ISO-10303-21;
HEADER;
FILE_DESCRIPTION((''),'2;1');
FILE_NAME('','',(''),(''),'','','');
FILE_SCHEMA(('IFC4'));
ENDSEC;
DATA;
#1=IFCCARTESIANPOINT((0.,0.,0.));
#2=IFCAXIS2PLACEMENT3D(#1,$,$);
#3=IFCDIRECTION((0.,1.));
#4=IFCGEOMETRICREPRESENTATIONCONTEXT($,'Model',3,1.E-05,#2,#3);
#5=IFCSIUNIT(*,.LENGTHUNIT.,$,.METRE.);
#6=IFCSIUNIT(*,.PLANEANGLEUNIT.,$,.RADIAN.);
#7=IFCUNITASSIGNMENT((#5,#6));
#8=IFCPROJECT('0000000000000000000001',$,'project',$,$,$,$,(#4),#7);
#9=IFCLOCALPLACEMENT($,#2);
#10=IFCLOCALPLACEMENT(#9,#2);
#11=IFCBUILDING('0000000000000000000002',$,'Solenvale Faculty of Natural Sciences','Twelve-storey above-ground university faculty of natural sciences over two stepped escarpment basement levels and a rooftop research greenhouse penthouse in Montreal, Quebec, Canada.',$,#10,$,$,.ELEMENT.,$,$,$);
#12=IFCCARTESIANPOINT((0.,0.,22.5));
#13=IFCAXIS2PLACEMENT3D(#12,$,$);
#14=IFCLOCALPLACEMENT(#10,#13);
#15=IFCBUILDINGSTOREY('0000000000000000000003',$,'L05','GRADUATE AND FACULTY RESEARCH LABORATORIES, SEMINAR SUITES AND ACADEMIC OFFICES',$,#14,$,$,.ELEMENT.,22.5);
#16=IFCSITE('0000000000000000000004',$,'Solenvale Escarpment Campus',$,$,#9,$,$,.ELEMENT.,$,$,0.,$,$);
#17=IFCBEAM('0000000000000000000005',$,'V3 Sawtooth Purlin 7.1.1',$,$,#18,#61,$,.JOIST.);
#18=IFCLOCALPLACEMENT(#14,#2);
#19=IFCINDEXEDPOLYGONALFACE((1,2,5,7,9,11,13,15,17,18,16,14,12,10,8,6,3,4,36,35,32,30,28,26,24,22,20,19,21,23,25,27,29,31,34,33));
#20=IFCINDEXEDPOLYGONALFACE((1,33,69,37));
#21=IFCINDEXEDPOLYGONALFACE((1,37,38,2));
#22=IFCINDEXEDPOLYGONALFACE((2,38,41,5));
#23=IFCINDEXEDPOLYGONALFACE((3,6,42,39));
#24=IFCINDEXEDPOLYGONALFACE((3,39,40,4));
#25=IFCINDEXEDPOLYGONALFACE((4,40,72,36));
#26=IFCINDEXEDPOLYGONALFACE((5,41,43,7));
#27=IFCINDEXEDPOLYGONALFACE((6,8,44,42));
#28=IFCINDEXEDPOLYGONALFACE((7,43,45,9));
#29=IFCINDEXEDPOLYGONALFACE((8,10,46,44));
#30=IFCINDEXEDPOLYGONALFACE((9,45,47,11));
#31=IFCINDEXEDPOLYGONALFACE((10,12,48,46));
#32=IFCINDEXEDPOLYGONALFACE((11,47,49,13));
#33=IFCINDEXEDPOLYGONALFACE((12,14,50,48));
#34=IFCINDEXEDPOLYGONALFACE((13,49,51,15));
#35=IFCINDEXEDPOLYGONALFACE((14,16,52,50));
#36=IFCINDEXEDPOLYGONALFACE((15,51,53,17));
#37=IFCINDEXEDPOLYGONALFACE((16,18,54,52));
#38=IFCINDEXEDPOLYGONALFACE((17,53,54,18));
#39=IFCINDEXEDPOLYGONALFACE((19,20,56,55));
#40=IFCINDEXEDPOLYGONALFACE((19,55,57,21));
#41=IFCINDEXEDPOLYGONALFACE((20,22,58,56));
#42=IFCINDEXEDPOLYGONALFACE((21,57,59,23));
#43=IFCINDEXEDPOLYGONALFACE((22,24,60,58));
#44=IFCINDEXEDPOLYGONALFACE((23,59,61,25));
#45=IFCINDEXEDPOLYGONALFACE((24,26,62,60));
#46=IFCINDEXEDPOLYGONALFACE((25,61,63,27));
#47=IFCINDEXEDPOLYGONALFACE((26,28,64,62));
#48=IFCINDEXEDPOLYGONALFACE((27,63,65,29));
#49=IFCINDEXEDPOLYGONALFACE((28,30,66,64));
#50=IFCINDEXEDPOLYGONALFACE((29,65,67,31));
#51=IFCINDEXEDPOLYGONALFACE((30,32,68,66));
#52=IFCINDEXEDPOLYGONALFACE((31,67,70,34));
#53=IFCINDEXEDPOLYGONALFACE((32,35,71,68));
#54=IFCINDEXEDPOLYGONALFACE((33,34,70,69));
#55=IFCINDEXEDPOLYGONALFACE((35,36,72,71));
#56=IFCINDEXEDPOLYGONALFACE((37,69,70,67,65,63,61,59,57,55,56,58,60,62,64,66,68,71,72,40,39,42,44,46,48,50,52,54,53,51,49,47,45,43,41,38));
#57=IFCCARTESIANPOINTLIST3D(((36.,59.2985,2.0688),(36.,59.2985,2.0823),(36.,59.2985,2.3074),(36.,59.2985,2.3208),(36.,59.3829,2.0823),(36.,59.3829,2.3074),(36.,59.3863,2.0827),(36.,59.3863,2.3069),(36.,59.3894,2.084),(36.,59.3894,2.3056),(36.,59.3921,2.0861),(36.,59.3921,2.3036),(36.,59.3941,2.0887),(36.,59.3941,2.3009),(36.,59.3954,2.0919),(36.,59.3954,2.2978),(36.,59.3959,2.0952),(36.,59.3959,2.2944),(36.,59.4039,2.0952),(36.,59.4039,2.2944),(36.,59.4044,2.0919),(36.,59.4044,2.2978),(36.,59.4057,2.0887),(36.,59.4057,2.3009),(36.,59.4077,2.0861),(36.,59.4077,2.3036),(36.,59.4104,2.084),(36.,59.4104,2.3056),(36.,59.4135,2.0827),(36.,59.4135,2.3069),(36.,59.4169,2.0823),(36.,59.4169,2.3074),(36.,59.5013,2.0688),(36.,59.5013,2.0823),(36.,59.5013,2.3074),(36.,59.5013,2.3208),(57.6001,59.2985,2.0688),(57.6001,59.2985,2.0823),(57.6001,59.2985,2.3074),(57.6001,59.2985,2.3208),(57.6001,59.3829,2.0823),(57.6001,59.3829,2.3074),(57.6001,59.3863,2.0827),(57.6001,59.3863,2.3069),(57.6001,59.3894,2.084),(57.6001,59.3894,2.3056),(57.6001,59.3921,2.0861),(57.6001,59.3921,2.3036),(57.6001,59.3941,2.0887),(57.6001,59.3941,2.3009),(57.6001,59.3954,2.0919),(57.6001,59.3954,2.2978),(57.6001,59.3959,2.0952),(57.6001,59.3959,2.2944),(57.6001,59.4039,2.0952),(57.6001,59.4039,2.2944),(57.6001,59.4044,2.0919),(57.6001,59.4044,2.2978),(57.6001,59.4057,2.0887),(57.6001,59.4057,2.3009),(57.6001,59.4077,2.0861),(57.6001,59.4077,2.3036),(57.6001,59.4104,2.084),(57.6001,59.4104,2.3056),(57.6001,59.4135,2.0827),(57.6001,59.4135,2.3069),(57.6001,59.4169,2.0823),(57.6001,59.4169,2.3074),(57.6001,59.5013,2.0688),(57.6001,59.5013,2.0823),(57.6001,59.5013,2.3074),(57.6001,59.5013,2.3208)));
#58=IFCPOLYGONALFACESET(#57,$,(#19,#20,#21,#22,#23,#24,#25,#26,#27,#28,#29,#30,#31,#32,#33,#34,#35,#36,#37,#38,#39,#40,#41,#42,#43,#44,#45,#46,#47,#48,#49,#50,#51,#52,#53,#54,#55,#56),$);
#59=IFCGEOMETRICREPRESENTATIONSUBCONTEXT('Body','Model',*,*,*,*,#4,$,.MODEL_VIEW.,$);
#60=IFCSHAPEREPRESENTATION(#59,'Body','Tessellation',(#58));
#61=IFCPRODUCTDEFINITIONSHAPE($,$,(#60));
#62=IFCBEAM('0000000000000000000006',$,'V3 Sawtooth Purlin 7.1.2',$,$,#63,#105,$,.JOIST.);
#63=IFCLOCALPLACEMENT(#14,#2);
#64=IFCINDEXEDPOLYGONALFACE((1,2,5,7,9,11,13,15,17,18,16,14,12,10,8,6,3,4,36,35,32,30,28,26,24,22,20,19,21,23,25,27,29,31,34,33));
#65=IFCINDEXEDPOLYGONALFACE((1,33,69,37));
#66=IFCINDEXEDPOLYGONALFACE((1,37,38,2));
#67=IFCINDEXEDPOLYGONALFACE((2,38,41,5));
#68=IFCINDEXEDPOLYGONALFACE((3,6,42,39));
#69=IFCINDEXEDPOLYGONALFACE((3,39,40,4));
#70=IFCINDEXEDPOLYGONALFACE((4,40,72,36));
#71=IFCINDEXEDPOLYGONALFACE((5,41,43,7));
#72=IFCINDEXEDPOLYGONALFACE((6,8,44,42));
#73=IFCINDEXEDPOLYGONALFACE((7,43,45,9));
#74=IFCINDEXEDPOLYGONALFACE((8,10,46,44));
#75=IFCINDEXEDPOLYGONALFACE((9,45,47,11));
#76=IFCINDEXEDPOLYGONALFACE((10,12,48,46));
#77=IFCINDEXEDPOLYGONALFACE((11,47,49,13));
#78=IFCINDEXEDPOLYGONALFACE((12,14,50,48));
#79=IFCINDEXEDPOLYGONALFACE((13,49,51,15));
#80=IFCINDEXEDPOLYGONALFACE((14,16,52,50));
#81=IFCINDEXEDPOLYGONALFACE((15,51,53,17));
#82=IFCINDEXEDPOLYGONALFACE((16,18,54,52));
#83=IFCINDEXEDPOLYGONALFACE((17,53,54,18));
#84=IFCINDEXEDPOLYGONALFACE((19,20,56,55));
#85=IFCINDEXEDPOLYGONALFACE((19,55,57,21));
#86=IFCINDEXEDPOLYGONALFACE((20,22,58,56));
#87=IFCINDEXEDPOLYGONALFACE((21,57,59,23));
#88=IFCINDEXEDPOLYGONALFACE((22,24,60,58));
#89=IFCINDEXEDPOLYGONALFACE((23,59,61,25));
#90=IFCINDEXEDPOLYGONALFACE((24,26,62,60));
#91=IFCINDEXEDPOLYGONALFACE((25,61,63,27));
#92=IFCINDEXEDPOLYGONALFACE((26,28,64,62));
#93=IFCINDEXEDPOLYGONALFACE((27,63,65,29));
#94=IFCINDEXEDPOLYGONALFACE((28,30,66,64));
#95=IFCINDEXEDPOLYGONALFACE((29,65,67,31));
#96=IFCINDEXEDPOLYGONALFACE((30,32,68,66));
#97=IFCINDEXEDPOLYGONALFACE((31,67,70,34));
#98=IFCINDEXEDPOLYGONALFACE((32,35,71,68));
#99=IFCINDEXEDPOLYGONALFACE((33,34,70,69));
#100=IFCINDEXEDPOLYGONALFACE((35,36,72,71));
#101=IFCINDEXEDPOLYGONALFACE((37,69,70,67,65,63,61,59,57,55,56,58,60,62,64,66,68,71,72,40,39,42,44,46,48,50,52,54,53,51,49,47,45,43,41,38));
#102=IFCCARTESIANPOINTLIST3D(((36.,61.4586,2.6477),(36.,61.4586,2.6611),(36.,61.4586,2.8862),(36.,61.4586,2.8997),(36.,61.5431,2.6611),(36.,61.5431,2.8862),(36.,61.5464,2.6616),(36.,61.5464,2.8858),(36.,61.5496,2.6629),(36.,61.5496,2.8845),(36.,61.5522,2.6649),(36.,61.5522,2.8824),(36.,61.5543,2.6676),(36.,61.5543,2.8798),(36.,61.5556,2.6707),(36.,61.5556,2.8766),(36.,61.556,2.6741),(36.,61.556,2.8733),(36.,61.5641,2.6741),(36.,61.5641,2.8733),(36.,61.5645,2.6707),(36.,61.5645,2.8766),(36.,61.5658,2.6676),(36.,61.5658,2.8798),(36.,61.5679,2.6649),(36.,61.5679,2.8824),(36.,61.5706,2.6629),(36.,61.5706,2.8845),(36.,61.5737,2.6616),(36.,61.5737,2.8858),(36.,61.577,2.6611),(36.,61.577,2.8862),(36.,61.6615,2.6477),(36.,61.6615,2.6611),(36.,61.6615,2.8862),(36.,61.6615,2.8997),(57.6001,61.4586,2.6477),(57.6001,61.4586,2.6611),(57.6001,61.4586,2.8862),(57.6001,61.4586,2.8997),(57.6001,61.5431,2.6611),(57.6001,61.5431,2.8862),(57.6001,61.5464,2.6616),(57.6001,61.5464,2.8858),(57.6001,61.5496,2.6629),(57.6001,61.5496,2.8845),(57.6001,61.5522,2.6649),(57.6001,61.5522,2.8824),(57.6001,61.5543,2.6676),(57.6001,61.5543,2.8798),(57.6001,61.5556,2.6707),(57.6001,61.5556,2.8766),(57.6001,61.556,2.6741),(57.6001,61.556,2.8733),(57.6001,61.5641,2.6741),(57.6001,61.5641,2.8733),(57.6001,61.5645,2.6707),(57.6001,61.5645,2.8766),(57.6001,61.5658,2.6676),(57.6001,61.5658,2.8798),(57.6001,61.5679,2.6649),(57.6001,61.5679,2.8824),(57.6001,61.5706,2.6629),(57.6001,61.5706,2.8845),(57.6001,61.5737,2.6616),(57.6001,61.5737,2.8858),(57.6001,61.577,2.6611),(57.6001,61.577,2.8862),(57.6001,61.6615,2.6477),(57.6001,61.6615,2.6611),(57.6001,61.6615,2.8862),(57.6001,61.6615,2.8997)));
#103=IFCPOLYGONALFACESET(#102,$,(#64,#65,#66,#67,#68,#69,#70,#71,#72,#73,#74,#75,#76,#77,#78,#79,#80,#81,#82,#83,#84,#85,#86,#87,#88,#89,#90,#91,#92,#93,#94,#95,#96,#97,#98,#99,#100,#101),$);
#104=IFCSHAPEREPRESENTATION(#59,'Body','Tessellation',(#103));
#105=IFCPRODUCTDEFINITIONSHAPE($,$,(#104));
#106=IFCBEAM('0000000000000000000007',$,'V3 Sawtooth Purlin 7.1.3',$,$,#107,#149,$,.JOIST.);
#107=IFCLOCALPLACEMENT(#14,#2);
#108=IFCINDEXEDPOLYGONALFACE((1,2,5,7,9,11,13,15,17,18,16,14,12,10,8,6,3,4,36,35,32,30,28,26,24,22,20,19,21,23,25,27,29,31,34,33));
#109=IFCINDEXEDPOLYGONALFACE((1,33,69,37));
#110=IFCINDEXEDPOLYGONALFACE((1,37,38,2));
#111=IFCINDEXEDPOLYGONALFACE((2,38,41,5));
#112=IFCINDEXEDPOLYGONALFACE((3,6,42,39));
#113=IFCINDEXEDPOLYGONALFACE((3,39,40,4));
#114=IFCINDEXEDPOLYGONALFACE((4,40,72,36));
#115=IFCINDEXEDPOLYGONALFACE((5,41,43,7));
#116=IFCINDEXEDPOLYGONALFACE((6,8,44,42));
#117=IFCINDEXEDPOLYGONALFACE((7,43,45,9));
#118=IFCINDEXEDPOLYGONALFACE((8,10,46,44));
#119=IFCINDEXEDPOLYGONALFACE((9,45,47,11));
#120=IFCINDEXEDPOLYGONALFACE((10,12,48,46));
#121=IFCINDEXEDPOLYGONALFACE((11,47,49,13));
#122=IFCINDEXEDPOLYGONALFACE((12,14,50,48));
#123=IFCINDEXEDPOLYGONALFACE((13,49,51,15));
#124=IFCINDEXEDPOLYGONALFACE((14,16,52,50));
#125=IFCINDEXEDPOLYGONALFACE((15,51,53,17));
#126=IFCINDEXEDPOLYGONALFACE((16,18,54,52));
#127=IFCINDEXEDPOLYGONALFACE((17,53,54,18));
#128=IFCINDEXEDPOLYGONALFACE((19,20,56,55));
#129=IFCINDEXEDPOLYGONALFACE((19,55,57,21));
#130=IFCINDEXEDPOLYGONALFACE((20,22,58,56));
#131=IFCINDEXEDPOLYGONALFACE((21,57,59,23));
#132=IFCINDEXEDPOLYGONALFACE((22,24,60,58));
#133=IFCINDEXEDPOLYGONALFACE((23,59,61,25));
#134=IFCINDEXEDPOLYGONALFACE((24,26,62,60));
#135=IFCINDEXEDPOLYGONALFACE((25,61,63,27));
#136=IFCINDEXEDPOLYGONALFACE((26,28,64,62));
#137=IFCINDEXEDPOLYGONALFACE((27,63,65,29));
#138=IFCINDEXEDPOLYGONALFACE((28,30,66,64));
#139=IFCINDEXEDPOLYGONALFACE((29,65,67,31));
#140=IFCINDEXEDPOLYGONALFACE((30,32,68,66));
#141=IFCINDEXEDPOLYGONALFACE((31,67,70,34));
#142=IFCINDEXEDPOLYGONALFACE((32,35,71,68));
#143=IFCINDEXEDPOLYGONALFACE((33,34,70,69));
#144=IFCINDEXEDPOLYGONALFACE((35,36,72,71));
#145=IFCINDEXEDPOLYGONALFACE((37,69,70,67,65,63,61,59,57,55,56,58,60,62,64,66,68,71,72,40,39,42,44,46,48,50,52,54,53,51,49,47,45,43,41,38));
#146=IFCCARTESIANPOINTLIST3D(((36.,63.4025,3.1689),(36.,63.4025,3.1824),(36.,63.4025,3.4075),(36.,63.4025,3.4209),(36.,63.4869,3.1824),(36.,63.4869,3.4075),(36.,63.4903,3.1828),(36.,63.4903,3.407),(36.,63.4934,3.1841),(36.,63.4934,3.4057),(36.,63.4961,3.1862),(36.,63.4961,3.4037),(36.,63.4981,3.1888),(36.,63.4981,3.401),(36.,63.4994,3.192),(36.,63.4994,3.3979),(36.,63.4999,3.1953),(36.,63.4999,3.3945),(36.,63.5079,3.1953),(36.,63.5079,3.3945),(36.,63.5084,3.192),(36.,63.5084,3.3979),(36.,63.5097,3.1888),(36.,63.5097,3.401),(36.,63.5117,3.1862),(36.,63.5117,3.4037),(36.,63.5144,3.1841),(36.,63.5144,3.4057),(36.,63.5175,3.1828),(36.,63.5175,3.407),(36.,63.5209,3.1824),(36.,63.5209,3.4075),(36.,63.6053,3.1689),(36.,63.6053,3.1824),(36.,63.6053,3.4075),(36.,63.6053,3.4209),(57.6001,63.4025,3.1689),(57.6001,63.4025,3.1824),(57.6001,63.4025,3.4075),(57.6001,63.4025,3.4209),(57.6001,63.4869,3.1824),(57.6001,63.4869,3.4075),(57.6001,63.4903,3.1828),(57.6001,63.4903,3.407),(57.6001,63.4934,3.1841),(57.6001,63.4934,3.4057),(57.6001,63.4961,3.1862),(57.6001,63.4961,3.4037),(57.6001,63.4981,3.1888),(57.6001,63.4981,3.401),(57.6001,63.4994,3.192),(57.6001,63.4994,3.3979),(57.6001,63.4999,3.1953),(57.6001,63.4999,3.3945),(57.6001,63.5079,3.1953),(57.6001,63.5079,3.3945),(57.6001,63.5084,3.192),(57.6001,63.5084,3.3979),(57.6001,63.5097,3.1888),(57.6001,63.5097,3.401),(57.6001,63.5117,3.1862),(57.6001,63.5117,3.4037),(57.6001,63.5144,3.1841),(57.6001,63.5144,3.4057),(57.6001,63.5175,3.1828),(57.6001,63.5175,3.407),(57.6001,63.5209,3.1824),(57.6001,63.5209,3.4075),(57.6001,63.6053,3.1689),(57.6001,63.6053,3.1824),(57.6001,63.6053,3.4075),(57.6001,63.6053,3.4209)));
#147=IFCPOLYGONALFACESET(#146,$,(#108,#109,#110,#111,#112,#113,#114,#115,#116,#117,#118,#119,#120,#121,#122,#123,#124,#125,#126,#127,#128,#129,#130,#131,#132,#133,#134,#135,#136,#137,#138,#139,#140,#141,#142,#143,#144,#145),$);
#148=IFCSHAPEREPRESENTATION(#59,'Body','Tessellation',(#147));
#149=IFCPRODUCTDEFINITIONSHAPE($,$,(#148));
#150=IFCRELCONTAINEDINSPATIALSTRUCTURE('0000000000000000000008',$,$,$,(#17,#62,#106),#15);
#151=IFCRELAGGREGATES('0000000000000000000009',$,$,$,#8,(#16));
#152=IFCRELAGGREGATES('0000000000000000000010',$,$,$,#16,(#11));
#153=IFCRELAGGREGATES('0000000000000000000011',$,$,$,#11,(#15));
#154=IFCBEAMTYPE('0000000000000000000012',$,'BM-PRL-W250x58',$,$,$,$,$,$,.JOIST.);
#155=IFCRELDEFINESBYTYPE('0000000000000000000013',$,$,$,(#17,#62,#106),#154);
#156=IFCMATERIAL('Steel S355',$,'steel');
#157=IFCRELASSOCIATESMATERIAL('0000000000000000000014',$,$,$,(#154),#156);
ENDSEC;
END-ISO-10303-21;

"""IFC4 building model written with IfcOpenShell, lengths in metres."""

from ifc_helpers import new_model, si_unit, direction, frame, origin, origin_2d, place, context, subcontext, project, spatial, i_section, extrude, material, material_profile, profile_set, type_object, element, save


model = new_model("IFC4")

# Units and contexts
model_context = context("Model", 3, precision=1e-05, world=origin(), true_north=direction((0.0, 1.0)))
body_context = subcontext(model_context, "Body", "Model", "MODEL_VIEW")
ifc_project = project(units=[si_unit("LENGTHUNIT", "METRE"), si_unit("PLANEANGLEUNIT", "RADIAN")], contexts=[model_context])

# Site, building, storey
site_placement = place(None, origin())
site = spatial("IfcSite", under=ifc_project, at=site_placement, Name="Solenvale Escarpment Campus", CompositionType="ELEMENT", RefElevation=0.0)
building_placement = place(site_placement, origin())
building = spatial("IfcBuilding", under=site, at=building_placement, Name="Solenvale Faculty of Natural Sciences", Description="Twelve-storey above-ground university faculty of natural sciences over two stepped escarpment basement levels and a rooftop research greenhouse penthouse in Montreal, Quebec, Canada.", CompositionType="ELEMENT")
storey_placement = place(building_placement, frame((0.0, 0.0, 22.5)))
storey = spatial("IfcBuildingStorey", under=building, at=storey_placement, Name="L05", Description="GRADUATE AND FACULTY RESEARCH LABORATORIES, SEMINAR SUITES AND ACADEMIC OFFICES", CompositionType="ELEMENT", Elevation=22.5)

# Beams
ifc_material_1 = material(Name="Steel S355", Category="steel")
ifc_material_profile_1 = material_profile(ifc_material_1, i_section(OverallWidth=0.2029, OverallDepth=0.252, WebThickness=0.0081, FlangeThickness=0.0134, FilletRadius=0.0129, at=origin_2d()), Name="W250x58")
ifc_profile_set_1 = profile_set([ifc_material_profile_1], Name="Steel S355")
beam_type_1 = type_object("IfcBeamType", Name="BM-PRL-W250x58", PredefinedType="JOIST", material=ifc_profile_set_1)
for number, where, z_axis, x_axis, name in (
    (1, (36.0, 59.3999, 2.1948), (1.0, 0.0, 0.0), (0.0, 1.0, 0.0), "V3 Sawtooth Purlin 7.1.1"),
    (2, (36.0, 61.5601, 2.7737), (1.0, 0.0, 0.0), (0.0, 1.0, 0.0), "V3 Sawtooth Purlin 7.1.2"),
    (3, (36.0, 63.5039, 3.2949), (1.0, 0.0, 0.0), (0.0, 1.0, 0.0), "V3 Sawtooth Purlin 7.1.3"),
):
    element("IfcBeam", number, at=place(storey_placement, frame(where, z_axis=z_axis, x_axis=x_axis)), inside=storey, type_object=beam_type_1, Name=name, PredefinedType="JOIST", context=body_context, shape_type="SweptSolid", body=[
        extrude(i_section(OverallWidth=0.2029, OverallDepth=0.252, WebThickness=0.0081, FlangeThickness=0.0134, FilletRadius=0.0129, at=origin_2d()), origin(), (0.0, 0.0, 1.0), 21.6001),
    ])

save(model, "model.ifc")
